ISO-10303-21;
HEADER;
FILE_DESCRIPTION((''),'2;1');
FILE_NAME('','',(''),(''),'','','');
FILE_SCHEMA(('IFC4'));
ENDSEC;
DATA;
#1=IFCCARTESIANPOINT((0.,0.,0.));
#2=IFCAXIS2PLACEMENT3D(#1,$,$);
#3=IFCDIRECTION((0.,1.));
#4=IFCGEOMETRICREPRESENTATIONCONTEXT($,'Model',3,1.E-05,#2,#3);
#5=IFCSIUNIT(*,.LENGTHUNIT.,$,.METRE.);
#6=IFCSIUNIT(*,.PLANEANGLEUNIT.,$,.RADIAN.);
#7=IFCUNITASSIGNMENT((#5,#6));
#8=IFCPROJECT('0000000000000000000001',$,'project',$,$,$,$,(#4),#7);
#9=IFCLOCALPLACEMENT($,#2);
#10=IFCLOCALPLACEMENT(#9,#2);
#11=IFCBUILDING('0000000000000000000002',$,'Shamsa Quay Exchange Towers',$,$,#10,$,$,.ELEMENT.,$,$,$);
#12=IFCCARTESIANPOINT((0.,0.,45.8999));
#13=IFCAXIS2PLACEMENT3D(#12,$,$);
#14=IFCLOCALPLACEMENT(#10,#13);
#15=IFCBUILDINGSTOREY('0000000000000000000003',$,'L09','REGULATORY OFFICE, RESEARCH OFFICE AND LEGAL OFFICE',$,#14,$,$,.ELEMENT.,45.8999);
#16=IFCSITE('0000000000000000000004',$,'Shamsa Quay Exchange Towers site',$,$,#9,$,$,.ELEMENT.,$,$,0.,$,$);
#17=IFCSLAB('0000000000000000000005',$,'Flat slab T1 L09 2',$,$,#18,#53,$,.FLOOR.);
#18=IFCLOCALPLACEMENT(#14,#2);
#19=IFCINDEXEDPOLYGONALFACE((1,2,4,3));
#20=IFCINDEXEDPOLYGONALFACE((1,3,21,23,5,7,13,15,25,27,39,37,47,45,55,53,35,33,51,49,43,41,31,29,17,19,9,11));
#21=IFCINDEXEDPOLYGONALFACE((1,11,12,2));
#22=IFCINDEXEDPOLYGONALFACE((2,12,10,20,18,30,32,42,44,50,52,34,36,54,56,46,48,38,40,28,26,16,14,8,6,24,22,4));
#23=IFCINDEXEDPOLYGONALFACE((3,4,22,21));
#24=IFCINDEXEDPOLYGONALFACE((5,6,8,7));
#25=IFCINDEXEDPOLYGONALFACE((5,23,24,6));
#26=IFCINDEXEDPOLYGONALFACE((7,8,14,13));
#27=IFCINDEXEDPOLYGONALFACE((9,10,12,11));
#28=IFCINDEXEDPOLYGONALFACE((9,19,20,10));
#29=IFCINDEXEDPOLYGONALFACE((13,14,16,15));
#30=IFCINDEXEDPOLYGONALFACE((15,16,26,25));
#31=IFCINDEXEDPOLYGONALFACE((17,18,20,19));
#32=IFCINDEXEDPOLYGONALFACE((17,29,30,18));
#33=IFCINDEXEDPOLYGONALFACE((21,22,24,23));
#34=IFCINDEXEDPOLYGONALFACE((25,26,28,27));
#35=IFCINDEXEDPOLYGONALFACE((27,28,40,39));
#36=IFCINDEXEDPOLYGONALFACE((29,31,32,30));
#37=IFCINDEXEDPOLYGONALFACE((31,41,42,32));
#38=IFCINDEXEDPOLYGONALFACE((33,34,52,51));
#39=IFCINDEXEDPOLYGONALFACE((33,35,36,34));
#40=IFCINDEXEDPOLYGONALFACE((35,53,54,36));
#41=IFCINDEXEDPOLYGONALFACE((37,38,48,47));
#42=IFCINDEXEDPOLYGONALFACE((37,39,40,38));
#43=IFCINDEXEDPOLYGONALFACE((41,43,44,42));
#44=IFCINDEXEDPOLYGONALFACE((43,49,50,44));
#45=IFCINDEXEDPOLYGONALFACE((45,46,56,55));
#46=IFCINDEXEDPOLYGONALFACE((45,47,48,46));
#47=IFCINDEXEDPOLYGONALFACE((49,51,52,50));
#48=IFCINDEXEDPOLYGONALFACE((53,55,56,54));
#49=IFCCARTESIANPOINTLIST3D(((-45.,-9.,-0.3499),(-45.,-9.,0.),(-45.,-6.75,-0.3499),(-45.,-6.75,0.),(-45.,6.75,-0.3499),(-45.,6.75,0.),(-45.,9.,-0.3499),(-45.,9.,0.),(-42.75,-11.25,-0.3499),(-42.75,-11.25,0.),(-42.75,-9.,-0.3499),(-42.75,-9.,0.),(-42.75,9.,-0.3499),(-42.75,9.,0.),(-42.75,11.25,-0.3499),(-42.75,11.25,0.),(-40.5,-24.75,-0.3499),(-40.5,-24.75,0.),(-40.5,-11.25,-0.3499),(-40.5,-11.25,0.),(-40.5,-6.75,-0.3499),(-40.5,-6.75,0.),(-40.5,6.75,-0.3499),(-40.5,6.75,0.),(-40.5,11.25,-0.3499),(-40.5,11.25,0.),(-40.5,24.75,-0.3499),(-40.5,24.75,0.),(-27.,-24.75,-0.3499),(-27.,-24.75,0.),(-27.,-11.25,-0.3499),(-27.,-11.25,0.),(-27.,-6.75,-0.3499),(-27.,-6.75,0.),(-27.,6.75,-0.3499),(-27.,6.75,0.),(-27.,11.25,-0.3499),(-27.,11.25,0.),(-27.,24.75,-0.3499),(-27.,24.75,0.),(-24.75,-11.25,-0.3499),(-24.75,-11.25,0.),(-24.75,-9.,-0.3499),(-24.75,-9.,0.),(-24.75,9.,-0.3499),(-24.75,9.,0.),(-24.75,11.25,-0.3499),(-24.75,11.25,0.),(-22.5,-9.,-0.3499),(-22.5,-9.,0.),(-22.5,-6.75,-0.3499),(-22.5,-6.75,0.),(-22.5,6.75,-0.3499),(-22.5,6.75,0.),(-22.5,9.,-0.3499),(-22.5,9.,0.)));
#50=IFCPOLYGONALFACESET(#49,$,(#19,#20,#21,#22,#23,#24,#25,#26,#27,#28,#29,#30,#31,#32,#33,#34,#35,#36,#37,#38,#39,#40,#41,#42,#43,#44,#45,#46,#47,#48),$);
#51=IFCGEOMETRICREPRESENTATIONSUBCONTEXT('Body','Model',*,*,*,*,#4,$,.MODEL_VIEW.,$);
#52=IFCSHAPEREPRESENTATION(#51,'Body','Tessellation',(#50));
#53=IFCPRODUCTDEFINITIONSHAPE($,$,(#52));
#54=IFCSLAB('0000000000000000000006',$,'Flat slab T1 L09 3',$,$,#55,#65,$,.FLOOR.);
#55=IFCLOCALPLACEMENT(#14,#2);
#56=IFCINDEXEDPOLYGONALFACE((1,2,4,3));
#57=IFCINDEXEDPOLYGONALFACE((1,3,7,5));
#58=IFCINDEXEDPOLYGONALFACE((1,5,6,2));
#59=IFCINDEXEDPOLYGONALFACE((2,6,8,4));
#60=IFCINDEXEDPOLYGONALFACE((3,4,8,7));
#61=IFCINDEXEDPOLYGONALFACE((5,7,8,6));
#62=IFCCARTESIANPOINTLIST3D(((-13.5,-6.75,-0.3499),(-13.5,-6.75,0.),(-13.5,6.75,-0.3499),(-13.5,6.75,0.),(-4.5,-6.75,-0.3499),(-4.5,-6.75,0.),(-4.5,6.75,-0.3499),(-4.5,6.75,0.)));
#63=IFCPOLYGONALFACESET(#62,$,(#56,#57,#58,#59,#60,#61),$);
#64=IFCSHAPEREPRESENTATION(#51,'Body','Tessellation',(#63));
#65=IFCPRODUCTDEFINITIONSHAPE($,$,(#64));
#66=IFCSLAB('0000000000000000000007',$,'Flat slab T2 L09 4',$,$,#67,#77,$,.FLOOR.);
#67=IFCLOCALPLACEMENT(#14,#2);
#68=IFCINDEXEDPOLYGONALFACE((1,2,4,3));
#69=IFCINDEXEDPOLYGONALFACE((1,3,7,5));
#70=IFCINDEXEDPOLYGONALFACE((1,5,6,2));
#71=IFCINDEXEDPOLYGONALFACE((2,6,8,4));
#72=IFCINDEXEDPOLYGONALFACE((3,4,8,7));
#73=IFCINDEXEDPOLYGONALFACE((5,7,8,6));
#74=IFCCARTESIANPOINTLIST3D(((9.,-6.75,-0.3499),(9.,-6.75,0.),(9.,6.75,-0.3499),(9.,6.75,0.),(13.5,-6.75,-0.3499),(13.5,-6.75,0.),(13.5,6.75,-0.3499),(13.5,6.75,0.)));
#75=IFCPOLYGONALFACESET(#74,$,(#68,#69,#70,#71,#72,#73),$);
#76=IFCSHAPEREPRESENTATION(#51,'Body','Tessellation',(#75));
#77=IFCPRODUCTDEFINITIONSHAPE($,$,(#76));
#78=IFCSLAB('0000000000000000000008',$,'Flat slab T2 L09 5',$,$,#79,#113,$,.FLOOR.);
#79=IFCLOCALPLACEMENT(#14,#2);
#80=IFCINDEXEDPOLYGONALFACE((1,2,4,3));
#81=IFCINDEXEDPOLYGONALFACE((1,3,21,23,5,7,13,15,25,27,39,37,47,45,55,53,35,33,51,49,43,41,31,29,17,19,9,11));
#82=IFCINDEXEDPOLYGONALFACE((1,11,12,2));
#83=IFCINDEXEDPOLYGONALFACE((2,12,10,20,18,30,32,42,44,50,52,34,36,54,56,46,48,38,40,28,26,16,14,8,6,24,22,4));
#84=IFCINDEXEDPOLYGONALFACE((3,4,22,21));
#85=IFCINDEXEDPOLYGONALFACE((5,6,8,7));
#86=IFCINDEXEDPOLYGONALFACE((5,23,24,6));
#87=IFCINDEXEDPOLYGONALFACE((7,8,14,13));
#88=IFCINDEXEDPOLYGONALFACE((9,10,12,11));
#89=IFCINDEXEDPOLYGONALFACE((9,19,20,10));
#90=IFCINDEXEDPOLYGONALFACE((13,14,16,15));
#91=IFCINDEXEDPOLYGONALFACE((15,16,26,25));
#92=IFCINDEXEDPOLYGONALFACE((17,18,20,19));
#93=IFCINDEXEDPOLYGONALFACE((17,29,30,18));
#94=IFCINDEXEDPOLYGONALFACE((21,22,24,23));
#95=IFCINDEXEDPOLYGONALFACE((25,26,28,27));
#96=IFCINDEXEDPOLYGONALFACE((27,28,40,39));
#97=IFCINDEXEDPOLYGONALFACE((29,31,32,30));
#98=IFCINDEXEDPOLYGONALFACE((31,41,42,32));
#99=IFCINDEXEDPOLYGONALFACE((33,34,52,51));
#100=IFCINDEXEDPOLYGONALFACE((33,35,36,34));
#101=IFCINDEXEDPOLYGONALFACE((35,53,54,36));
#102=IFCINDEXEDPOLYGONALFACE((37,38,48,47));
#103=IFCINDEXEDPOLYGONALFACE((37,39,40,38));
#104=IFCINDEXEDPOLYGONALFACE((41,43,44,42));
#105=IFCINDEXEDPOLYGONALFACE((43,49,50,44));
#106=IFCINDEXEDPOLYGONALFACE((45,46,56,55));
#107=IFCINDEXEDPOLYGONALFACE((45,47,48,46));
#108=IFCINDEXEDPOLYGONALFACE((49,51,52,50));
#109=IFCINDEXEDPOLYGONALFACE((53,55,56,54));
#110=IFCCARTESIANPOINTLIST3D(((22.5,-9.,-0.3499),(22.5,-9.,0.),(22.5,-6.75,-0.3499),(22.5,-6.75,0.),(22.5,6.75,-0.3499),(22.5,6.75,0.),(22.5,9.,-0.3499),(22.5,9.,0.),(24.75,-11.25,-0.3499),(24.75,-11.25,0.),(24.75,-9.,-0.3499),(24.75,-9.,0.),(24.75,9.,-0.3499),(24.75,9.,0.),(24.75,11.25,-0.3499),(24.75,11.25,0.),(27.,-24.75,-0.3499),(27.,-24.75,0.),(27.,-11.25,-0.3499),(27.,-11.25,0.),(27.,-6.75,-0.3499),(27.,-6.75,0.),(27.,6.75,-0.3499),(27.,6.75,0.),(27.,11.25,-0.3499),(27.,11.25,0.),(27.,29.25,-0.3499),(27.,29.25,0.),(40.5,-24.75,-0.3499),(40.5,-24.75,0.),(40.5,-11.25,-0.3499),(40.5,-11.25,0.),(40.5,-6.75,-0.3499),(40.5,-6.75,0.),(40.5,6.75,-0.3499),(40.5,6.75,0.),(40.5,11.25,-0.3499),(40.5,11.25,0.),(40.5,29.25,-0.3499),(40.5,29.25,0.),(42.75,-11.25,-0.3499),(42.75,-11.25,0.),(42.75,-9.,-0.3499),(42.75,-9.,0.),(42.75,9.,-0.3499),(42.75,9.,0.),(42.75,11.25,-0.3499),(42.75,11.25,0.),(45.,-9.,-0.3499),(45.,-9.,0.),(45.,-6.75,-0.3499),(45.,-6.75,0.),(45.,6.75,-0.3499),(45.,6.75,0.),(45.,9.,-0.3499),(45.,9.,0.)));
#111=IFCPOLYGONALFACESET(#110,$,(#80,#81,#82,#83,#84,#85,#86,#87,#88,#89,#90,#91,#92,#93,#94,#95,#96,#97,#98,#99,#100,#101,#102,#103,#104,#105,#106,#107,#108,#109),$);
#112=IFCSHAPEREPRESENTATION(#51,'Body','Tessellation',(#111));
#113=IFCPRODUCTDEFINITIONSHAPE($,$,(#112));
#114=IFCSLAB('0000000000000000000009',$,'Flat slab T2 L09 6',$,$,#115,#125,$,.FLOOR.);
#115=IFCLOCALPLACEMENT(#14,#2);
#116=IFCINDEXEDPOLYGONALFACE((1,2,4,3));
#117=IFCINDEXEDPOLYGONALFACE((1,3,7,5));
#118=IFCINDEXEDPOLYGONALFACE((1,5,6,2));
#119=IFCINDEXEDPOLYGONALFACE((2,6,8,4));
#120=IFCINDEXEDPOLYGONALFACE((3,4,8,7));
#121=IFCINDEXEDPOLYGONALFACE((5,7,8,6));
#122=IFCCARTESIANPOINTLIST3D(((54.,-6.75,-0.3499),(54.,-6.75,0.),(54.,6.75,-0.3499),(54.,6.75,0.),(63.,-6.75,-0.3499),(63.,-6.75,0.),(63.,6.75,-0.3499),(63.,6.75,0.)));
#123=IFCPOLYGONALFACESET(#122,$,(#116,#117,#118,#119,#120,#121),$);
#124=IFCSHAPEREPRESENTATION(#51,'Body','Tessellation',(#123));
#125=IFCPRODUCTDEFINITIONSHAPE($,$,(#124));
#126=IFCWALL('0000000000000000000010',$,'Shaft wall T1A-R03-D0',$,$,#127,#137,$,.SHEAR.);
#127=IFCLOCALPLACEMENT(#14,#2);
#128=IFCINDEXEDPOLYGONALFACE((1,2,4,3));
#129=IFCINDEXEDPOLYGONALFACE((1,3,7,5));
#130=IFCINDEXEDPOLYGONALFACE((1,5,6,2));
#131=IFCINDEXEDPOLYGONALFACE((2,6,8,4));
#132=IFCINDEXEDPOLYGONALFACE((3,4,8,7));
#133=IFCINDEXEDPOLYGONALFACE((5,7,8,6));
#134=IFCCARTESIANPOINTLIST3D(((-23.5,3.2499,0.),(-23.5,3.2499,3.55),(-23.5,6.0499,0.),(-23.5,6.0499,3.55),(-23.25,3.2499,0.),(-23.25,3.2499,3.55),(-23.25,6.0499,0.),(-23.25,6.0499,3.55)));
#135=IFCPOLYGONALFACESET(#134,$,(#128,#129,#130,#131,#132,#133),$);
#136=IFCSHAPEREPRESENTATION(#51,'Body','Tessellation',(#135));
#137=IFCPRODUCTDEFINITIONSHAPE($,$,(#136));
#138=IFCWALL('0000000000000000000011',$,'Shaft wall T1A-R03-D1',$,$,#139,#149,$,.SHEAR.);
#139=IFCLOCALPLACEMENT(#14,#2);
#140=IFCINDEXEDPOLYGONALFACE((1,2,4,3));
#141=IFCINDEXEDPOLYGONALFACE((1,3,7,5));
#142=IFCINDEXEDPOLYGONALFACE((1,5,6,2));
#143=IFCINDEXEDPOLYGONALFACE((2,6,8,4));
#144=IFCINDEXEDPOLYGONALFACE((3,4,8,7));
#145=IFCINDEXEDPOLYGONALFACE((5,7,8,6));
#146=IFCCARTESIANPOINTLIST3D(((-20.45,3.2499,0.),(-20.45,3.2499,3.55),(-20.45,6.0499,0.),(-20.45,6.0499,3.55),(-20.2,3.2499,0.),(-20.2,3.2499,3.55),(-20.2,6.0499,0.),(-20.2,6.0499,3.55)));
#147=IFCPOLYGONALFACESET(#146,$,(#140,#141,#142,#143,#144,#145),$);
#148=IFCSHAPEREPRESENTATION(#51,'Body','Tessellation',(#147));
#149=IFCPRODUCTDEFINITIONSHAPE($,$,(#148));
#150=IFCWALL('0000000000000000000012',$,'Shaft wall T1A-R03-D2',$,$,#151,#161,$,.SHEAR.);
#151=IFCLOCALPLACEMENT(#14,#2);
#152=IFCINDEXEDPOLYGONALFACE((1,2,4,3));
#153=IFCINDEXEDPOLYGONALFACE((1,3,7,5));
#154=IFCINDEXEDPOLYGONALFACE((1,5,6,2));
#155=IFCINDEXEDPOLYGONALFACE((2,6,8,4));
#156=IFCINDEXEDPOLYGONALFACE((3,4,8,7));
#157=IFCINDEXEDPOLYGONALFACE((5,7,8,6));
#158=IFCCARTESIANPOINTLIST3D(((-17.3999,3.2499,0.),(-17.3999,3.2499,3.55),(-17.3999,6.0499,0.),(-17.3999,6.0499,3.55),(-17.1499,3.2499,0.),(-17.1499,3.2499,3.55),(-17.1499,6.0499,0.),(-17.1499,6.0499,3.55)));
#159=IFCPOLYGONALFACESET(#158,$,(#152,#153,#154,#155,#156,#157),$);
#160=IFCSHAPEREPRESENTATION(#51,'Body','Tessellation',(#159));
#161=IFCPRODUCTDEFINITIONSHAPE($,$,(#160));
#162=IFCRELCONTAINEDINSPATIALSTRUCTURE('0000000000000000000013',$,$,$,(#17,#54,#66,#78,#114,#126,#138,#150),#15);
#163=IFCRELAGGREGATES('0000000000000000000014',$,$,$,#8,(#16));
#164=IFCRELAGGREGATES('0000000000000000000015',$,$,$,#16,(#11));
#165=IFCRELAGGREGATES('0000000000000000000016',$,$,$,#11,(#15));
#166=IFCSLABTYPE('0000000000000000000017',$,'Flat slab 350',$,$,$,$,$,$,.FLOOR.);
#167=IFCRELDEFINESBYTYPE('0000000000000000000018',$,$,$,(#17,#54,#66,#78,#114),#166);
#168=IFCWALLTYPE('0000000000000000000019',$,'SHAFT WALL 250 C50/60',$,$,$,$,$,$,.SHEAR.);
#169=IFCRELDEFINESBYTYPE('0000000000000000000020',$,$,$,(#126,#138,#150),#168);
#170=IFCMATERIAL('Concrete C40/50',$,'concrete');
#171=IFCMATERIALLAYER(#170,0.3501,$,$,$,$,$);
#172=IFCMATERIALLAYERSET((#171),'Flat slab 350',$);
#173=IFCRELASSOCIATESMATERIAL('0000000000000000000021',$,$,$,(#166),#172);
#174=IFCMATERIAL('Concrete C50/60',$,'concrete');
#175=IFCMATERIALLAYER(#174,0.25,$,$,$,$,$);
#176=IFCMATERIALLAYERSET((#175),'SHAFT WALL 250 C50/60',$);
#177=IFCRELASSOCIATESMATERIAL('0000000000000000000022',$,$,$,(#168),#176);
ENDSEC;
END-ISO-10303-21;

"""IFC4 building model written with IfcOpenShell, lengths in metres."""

from ifc_helpers import new_model, si_unit, direction, frame, frame_2d, origin, place, context, subcontext, project, spatial, polyline, rectangle, outline, extrude, material, layer, layer_set, type_object, element, save


model = new_model("IFC4")

# Units and contexts
model_context = context("Model", 3, precision=1e-05, world=origin(), true_north=direction((0.0, 1.0)))
body_context = subcontext(model_context, "Body", "Model", "MODEL_VIEW")
ifc_project = project(units=[si_unit("LENGTHUNIT", "METRE"), si_unit("PLANEANGLEUNIT", "RADIAN")], contexts=[model_context])

# Site, building, storey
site_placement = place(None, origin())
site = spatial("IfcSite", under=ifc_project, at=site_placement, Name="Shamsa Quay Exchange Towers site", CompositionType="ELEMENT", RefElevation=0.0)
building_placement = place(site_placement, origin())
building = spatial("IfcBuilding", under=site, at=building_placement, Name="Shamsa Quay Exchange Towers", CompositionType="ELEMENT")
storey_placement = place(building_placement, frame((0.0, 0.0, 45.8999)))
storey = spatial("IfcBuildingStorey", under=building, at=storey_placement, Name="L09", Description="REGULATORY OFFICE, RESEARCH OFFICE AND LEGAL OFFICE", CompositionType="ELEMENT", Elevation=45.8999)

# Slabs
ifc_material_1 = material(Name="Concrete C40/50", Category="concrete")
ifc_layer_1 = layer(ifc_material_1, 0.3501)
ifc_layer_set_1 = layer_set([ifc_layer_1], Name="Flat slab 350")
slab_type = type_object("IfcSlabType", Name="Flat slab 350", PredefinedType="FLOOR", material=ifc_layer_set_1)
slab_1_placement = place(storey_placement, frame((0.0, 0.0, -0.3499)))
element("IfcSlab", 1, at=slab_1_placement, inside=storey, type_object=slab_type, Name="Flat slab T1 L09 2", PredefinedType="FLOOR", context=body_context, shape_type="SweptSolid", body=[
    extrude(outline(polyline([(-22.5, -9.0), (-22.5, -6.75), (-27.0, -6.75), (-27.0, 6.75), (-22.5, 6.75), (-22.5, 9.0), (-24.75, 9.0), (-24.75, 11.25), (-27.0, 11.25), (-27.0, 24.75), (-40.5, 24.75), (-40.5, 11.25), (-42.75, 11.25), (-42.75, 9.0), (-45.0, 9.0), (-45.0, 6.75), (-40.5, 6.75), (-40.5, -6.75), (-45.0, -6.75), (-45.0, -9.0), (-42.75, -9.0), (-42.75, -11.25), (-40.5, -11.25), (-40.5, -24.75), (-27.0, -24.75), (-27.0, -11.25), (-24.75, -11.25), (-24.75, -9.0), (-22.5, -9.0)])), origin(), (0.0, 0.0, 1.0), 0.3499),
])
slab_2_placement = place(storey_placement, frame((0.0, 0.0, -0.3499)))
element("IfcSlab", 2, at=slab_2_placement, inside=storey, type_object=slab_type, Name="Flat slab T1 L09 3", PredefinedType="FLOOR", context=body_context, shape_type="SweptSolid", body=[
    extrude(outline(polyline([(-4.5, 6.75), (-13.5, 6.75), (-13.5, -6.75), (-4.5, -6.75), (-4.5, 6.75)])), origin(), (0.0, 0.0, 1.0), 0.3499),
])
slab_3_placement = place(storey_placement, frame((0.0, 0.0, -0.3499)))
element("IfcSlab", 3, at=slab_3_placement, inside=storey, type_object=slab_type, Name="Flat slab T2 L09 4", PredefinedType="FLOOR", context=body_context, shape_type="SweptSolid", body=[
    extrude(outline(polyline([(9.0, -6.75), (13.5, -6.75), (13.5, 6.75), (9.0, 6.75), (9.0, -6.75)])), origin(), (0.0, 0.0, 1.0), 0.3499),
])
slab_4_placement = place(storey_placement, frame((0.0, 0.0, -0.3499)))
element("IfcSlab", 4, at=slab_4_placement, inside=storey, type_object=slab_type, Name="Flat slab T2 L09 5", PredefinedType="FLOOR", context=body_context, shape_type="SweptSolid", body=[
    extrude(outline(polyline([(45.0, -9.0), (45.0, -6.75), (40.5, -6.75), (40.5, 6.75), (45.0, 6.75), (45.0, 9.0), (42.75, 9.0), (42.75, 11.25), (40.5, 11.25), (40.5, 29.25), (27.0, 29.25), (27.0, 11.25), (24.75, 11.25), (24.75, 9.0), (22.5, 9.0), (22.5, 6.75), (27.0, 6.75), (27.0, -6.75), (22.5, -6.75), (22.5, -9.0), (24.75, -9.0), (24.75, -11.25), (27.0, -11.25), (27.0, -24.75), (40.5, -24.75), (40.5, -11.25), (42.75, -11.25), (42.75, -9.0), (45.0, -9.0)])), origin(), (0.0, 0.0, 1.0), 0.3499),
])
slab_5_placement = place(storey_placement, frame((0.0, 0.0, -0.3499)))
element("IfcSlab", 5, at=slab_5_placement, inside=storey, type_object=slab_type, Name="Flat slab T2 L09 6", PredefinedType="FLOOR", context=body_context, shape_type="SweptSolid", body=[
    extrude(outline(polyline([(63.0, 6.75), (54.0, 6.75), (54.0, -6.75), (63.0, -6.75), (63.0, 6.75)])), origin(), (0.0, 0.0, 1.0), 0.3499),
])

# Walls
ifc_material_2 = material(Name="Concrete C50/60", Category="concrete")
ifc_layer_2 = layer(ifc_material_2, 0.25)
ifc_layer_set_2 = layer_set([ifc_layer_2], Name="SHAFT WALL 250 C50/60")
wall_type_1 = type_object("IfcWallType", Name="SHAFT WALL 250 C50/60", PredefinedType="SHEAR", material=ifc_layer_set_2)
for number, where, z_axis, x_axis, name in (
    (6, (-23.375, 3.25, 0.0), (0.0, 0.0, 1.0), (0.0, 1.0, 0.0), "Shaft wall T1A-R03-D0"),
    (7, (-20.325, 3.25, 0.0), (0.0, 0.0, 1.0), (0.0, 1.0, 0.0), "Shaft wall T1A-R03-D1"),
    (8, (-17.2749, 3.25, 0.0), (0.0, 0.0, 1.0), (0.0, 1.0, 0.0), "Shaft wall T1A-R03-D2"),
):
    element("IfcWall", number, at=place(storey_placement, frame(where, z_axis=z_axis, x_axis=x_axis)), inside=storey, type_object=wall_type_1, Name=name, PredefinedType="SHEAR", context=body_context, shape_type="SweptSolid", body=[
        extrude(rectangle(XDim=2.8, YDim=0.25, at=frame_2d((1.3999, 0.0))), origin(), (0.0, 0.0, 1.0), 3.55),
    ])

save(model, "model.ifc")
